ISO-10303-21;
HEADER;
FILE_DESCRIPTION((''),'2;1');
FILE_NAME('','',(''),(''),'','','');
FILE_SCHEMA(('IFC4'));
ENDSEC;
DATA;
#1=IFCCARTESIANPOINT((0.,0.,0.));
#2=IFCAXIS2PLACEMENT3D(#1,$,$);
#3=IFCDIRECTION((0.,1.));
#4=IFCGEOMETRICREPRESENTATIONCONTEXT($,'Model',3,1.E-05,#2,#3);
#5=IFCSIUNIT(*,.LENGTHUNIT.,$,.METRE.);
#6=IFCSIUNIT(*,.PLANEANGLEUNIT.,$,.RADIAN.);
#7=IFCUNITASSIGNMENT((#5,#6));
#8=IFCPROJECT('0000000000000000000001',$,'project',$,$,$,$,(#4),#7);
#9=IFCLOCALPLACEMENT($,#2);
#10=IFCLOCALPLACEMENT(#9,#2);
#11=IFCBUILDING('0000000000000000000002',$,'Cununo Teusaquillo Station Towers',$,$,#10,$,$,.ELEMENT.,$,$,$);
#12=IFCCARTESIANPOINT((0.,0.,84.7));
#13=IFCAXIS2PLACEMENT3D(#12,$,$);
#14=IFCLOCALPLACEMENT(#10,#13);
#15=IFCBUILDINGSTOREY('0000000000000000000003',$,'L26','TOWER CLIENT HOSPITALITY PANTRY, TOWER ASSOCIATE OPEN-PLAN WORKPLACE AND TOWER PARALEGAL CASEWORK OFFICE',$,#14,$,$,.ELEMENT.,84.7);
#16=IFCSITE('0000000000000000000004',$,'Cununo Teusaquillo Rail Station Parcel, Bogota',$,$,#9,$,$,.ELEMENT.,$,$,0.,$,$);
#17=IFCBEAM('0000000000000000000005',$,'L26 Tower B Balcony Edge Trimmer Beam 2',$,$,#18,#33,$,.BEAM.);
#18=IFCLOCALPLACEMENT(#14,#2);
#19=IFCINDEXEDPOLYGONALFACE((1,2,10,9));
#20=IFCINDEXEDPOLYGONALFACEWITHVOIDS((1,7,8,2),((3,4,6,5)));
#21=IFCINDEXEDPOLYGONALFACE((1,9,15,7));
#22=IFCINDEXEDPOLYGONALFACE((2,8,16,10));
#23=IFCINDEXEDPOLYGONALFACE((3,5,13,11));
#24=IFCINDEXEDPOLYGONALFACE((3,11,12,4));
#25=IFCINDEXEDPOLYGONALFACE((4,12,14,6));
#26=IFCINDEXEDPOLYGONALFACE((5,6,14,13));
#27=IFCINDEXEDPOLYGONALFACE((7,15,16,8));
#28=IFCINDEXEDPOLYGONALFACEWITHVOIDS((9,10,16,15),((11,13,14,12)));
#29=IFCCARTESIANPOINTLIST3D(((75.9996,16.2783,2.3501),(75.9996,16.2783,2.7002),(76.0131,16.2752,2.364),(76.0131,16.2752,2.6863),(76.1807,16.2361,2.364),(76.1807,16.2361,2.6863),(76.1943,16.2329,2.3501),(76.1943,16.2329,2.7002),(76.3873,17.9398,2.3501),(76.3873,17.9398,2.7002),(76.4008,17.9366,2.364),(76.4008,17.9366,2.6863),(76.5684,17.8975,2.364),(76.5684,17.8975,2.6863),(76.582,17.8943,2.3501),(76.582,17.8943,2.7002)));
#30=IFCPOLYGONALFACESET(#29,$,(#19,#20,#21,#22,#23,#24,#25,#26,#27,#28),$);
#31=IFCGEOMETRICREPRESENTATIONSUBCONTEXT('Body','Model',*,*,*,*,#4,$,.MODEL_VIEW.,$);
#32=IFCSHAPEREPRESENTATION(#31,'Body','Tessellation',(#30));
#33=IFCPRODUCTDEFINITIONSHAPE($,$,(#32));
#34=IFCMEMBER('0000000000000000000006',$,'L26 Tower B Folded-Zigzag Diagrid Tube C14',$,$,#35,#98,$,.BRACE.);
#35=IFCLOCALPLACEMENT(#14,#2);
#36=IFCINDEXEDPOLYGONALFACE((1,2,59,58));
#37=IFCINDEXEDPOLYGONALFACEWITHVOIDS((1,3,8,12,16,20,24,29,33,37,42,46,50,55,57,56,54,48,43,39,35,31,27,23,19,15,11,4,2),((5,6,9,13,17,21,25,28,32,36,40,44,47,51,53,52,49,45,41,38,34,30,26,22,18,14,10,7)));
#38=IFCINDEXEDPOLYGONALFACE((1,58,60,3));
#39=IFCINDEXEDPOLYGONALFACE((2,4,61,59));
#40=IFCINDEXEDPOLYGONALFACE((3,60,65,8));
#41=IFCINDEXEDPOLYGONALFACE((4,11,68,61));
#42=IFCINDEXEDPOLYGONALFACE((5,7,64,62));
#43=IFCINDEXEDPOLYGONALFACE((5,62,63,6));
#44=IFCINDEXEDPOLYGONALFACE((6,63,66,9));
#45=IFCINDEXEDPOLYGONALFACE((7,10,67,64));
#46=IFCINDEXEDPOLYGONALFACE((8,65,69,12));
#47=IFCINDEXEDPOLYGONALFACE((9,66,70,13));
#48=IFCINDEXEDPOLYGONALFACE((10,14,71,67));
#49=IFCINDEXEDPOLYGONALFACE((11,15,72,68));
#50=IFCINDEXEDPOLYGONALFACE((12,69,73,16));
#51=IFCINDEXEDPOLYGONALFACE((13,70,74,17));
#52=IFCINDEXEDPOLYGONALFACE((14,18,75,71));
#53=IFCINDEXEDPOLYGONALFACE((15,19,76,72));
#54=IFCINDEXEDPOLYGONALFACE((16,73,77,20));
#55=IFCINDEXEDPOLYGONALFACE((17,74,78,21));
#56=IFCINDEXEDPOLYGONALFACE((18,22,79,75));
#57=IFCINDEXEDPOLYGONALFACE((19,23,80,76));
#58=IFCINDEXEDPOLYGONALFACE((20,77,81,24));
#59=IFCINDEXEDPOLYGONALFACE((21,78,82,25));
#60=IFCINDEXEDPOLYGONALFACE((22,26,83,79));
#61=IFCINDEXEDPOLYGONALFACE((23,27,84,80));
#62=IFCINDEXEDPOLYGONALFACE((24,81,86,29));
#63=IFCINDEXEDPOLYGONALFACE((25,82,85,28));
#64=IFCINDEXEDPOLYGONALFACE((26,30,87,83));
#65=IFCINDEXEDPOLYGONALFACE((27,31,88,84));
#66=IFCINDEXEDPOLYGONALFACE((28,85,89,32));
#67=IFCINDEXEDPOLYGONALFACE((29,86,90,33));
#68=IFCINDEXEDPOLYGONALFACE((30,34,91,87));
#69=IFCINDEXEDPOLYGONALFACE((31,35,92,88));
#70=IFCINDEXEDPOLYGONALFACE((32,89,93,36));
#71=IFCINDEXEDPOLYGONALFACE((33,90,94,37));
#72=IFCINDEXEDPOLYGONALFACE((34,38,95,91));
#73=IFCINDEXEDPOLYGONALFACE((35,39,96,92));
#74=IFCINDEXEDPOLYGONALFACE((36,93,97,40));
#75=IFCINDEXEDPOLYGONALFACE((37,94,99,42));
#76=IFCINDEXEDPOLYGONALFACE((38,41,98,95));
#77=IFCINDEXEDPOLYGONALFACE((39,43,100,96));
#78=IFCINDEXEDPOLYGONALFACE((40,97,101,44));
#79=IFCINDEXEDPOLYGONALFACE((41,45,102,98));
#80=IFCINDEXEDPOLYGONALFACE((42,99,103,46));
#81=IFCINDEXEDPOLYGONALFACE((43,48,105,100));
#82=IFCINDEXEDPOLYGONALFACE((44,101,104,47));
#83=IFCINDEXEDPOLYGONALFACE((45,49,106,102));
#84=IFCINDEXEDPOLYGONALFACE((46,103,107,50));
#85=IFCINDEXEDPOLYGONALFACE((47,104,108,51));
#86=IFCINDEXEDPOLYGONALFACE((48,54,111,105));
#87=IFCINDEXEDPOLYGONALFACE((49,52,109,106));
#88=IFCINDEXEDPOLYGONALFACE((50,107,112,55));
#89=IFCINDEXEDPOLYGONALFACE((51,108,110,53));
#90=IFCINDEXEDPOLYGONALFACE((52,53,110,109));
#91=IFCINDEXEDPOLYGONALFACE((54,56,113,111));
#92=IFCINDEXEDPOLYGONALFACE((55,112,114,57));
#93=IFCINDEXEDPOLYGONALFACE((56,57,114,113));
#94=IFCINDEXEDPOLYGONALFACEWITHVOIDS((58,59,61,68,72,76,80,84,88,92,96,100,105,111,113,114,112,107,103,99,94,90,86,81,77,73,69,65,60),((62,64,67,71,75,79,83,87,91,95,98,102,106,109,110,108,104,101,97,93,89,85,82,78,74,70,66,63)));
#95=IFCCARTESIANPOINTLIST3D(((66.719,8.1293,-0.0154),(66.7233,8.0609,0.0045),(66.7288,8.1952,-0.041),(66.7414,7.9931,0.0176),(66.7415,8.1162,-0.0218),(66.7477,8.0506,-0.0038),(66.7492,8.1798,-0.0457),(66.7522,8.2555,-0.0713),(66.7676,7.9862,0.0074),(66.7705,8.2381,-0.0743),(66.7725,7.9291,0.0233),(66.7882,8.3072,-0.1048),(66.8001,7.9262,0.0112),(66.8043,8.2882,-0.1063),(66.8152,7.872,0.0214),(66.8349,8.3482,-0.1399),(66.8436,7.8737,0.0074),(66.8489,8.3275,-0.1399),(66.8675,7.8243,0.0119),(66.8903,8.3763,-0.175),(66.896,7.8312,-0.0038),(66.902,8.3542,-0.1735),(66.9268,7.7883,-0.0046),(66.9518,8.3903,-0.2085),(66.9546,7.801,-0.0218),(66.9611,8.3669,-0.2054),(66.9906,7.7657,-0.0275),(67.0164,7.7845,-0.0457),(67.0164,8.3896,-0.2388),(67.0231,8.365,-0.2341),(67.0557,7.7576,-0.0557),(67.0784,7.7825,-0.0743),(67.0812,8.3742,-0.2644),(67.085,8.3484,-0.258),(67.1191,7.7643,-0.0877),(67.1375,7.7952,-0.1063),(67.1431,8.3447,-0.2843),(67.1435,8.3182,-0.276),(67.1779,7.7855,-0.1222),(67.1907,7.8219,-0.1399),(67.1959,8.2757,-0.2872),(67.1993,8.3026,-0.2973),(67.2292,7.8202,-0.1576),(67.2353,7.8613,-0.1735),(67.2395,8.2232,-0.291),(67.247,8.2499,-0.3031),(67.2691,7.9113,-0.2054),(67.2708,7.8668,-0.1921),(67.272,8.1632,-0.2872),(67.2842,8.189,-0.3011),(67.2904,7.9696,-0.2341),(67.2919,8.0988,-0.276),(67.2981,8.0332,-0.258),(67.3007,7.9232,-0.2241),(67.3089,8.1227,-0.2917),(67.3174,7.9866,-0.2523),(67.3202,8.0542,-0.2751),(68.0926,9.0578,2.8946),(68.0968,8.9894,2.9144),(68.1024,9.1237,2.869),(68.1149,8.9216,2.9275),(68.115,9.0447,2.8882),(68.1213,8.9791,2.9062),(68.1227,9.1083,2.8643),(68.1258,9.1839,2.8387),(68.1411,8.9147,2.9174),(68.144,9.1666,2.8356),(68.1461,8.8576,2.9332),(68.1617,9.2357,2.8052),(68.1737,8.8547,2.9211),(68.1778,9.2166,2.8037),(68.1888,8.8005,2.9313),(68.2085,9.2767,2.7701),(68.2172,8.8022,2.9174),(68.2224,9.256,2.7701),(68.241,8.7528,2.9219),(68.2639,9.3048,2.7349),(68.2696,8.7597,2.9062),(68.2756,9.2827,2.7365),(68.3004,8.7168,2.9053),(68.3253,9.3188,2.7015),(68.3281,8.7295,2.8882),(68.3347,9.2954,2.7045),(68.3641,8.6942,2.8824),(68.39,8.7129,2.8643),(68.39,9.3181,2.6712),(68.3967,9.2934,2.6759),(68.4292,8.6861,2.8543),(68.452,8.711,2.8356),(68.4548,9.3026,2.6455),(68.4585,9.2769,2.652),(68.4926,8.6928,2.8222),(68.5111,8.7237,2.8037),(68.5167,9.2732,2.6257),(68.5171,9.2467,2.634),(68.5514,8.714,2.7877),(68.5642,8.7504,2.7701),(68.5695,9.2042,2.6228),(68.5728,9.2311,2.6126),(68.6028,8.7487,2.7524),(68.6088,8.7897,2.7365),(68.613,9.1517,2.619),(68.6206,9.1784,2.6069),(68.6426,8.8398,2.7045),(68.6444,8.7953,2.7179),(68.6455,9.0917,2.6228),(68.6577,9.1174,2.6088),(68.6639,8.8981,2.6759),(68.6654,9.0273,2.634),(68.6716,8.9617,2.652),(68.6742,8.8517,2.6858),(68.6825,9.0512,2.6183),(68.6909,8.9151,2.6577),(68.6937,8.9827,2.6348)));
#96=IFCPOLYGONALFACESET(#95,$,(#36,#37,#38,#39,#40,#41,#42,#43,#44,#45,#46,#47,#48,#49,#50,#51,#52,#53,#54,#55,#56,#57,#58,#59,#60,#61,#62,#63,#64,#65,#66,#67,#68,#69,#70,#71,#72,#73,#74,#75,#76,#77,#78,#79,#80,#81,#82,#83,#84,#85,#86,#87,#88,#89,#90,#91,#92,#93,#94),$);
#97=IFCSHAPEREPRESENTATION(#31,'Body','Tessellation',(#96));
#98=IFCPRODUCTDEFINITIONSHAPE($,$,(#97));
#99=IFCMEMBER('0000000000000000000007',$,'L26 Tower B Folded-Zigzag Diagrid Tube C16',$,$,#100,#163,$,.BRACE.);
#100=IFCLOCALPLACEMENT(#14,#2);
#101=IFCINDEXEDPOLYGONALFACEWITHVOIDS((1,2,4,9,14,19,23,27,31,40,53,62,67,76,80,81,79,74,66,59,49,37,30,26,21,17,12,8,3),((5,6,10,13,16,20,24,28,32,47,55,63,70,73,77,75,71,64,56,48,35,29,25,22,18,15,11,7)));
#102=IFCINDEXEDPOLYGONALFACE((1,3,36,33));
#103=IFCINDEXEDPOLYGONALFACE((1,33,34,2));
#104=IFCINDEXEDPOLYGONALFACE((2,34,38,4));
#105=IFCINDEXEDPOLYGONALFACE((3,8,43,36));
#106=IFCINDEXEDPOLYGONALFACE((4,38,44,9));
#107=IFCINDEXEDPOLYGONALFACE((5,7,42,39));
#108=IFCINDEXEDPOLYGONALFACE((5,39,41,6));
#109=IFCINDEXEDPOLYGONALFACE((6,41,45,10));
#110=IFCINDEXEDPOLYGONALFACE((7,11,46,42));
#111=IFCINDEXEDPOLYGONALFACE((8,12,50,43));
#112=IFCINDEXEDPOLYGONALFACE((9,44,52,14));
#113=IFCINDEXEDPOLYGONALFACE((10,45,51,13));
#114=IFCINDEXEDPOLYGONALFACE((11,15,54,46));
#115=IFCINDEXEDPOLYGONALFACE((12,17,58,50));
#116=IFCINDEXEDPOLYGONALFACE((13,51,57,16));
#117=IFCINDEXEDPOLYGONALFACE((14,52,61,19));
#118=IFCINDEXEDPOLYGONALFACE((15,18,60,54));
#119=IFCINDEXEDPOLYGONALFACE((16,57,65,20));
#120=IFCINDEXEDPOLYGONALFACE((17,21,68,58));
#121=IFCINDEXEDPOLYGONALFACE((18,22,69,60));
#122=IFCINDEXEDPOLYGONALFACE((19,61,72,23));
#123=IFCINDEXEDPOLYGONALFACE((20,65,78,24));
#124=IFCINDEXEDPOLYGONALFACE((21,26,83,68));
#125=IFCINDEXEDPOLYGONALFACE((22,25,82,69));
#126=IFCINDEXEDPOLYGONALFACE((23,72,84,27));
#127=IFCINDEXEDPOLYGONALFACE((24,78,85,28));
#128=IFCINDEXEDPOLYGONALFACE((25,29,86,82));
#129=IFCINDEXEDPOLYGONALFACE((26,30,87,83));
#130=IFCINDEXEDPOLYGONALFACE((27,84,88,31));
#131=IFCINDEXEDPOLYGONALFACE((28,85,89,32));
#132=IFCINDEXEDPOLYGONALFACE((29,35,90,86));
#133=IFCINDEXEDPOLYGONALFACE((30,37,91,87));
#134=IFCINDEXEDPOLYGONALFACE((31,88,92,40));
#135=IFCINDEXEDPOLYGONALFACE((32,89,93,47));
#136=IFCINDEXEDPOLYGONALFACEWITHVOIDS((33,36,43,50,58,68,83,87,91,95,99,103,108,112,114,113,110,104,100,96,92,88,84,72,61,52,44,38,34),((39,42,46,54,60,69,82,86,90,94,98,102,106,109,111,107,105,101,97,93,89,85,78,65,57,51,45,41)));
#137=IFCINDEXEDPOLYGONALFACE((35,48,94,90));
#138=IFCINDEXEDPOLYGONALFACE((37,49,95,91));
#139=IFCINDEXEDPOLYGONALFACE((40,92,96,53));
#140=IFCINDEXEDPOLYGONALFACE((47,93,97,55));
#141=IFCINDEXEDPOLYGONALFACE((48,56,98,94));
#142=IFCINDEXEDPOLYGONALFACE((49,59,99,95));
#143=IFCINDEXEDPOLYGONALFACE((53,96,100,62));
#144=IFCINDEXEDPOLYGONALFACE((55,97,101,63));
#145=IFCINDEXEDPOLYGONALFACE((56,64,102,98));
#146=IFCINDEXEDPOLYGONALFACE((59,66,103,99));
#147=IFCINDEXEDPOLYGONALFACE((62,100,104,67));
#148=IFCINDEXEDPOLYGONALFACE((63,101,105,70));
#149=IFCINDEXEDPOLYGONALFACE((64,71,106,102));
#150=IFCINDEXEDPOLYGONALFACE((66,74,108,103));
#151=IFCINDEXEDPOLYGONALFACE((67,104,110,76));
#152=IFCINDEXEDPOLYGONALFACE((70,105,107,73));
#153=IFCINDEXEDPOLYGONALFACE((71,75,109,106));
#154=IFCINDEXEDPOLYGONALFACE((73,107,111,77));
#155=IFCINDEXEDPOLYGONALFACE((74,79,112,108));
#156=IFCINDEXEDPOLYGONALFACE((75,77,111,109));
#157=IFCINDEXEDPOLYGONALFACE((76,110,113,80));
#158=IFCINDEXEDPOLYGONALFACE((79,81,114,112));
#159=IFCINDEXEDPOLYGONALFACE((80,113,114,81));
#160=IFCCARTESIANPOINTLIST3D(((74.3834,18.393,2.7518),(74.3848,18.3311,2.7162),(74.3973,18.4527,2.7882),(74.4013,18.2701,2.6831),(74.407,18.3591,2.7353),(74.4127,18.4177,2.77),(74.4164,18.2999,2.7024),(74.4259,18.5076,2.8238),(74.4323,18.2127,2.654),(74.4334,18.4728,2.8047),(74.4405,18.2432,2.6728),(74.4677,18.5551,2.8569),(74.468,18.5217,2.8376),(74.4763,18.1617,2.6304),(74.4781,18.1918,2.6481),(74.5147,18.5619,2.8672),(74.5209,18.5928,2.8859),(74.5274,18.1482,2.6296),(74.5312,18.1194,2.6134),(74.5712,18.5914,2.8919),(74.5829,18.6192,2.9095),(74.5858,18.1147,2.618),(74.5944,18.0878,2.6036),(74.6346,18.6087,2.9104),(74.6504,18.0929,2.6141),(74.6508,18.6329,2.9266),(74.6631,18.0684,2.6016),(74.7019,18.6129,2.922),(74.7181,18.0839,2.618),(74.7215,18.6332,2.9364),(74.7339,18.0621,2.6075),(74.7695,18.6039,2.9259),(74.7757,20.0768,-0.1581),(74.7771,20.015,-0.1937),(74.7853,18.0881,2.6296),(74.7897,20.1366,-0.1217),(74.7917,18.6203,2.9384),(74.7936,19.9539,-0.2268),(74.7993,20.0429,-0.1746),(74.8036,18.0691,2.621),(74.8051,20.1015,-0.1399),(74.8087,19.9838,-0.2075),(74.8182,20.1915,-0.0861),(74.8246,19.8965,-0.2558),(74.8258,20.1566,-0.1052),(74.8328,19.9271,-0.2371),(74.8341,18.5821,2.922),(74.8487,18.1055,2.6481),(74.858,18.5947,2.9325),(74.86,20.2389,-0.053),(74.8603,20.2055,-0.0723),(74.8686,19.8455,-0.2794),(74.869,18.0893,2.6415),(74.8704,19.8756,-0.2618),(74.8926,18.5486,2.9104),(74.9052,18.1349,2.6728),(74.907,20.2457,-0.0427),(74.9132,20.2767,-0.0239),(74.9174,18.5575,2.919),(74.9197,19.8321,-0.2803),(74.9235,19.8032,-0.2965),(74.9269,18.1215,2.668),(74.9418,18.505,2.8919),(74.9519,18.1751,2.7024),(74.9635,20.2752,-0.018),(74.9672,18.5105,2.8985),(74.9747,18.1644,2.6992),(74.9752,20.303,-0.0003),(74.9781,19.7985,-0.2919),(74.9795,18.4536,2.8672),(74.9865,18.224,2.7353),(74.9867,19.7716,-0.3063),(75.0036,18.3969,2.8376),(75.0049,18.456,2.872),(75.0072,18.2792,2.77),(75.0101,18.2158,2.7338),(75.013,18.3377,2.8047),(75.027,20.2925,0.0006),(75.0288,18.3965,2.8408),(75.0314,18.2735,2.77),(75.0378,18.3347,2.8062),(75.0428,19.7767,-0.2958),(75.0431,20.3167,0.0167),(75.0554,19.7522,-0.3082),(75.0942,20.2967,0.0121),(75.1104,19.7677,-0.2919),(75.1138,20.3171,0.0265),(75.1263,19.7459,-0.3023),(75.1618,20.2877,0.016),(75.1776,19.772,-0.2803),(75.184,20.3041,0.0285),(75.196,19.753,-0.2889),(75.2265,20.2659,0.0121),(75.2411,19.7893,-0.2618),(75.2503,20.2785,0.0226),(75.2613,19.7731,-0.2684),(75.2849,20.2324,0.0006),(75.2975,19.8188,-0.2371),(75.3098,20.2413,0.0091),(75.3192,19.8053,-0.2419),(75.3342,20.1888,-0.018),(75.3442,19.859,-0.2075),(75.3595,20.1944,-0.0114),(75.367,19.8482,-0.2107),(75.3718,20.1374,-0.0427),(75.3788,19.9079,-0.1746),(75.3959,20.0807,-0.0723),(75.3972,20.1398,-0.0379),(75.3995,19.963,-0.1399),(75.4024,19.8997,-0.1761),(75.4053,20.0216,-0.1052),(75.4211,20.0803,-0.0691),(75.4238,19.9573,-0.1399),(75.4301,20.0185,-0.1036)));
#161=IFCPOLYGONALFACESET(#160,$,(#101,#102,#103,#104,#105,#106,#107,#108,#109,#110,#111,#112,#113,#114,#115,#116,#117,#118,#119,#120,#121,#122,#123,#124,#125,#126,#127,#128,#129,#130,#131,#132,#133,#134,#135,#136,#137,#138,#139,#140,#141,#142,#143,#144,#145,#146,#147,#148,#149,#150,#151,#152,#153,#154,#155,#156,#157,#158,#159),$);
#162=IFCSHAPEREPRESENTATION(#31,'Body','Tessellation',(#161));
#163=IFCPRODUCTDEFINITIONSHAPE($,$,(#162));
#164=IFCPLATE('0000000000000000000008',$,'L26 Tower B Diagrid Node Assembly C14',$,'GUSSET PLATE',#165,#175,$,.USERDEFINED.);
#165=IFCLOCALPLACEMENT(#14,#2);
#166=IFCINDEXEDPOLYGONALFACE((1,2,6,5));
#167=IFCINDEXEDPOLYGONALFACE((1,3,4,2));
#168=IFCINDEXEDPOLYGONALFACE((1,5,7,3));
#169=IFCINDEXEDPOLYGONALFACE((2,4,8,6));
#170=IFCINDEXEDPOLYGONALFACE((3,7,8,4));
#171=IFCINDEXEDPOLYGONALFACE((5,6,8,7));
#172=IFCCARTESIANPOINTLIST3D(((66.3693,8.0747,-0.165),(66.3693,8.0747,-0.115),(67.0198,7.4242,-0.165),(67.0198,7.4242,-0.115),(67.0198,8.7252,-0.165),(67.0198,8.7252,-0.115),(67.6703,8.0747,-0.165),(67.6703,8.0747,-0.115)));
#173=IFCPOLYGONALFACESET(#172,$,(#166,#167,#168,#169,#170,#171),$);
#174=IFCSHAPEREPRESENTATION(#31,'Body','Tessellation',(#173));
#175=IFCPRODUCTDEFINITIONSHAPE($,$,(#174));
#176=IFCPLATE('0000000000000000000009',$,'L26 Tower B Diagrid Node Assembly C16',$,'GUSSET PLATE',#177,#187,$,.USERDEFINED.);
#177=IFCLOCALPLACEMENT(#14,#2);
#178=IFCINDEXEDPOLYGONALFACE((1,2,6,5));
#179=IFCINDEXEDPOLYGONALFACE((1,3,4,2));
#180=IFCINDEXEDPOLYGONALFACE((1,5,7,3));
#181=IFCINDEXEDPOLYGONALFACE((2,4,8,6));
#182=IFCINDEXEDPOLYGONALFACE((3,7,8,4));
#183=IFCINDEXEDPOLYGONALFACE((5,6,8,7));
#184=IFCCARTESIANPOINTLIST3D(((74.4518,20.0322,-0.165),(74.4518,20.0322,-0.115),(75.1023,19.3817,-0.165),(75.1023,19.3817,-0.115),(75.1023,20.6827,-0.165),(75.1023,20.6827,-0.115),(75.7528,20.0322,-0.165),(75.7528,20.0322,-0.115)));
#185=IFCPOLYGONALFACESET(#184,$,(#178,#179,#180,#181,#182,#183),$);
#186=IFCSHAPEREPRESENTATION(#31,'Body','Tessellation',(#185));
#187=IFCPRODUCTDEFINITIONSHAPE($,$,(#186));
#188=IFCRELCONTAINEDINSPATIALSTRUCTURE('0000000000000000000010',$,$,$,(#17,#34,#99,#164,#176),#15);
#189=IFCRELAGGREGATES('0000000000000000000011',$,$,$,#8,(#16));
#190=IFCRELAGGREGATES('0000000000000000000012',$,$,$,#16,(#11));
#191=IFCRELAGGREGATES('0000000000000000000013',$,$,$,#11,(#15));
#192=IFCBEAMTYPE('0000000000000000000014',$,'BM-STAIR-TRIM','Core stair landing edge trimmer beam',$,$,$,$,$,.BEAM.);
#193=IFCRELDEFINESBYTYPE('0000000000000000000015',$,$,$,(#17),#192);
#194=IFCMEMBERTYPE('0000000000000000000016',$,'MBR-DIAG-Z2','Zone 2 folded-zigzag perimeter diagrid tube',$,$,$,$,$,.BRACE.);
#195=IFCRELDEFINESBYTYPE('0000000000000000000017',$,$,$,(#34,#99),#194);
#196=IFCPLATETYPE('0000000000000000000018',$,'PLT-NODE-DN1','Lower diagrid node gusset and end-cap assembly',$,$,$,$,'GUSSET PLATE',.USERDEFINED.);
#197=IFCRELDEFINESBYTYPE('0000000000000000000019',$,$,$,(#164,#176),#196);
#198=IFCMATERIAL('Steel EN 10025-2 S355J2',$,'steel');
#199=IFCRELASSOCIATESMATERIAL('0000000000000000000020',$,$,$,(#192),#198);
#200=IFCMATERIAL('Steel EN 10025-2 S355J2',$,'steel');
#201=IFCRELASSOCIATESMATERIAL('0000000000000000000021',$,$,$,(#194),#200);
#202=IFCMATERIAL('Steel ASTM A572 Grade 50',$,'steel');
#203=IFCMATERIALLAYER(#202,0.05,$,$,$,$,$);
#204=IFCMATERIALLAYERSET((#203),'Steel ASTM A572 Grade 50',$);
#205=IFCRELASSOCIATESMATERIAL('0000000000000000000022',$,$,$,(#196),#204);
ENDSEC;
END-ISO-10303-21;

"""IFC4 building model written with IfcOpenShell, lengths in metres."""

from ifc_helpers import new_model, si_unit, direction, frame, origin, origin_2d, place, context, subcontext, project, spatial, rectangle, hollow_rectangle, hollow_circle, extrude, source, transform, mapped, material, layer, layer_set, material_profile, profile_set, type_object, element, save


model = new_model("IFC4")

# Units and contexts
model_context = context("Model", 3, precision=1e-05, world=origin(), true_north=direction((0.0, 1.0)))
body_context = subcontext(model_context, "Body", "Model", "MODEL_VIEW")
ifc_project = project(units=[si_unit("LENGTHUNIT", "METRE"), si_unit("PLANEANGLEUNIT", "RADIAN")], contexts=[model_context])

# Site, building, storey
site_placement = place(None, origin())
site = spatial("IfcSite", under=ifc_project, at=site_placement, Name="Cununo Teusaquillo Rail Station Parcel, Bogota", CompositionType="ELEMENT", RefElevation=0.0)
building_placement = place(site_placement, origin())
building = spatial("IfcBuilding", under=site, at=building_placement, Name="Cununo Teusaquillo Station Towers", CompositionType="ELEMENT")
storey_placement = place(building_placement, frame((0.0, 0.0, 84.7)))
storey = spatial("IfcBuildingStorey", under=building, at=storey_placement, Name="L26", Description="TOWER CLIENT HOSPITALITY PANTRY, TOWER ASSOCIATE OPEN-PLAN WORKPLACE AND TOWER PARALEGAL CASEWORK OFFICE", CompositionType="ELEMENT", Elevation=84.7)

# Beam
ifc_material_1 = material(Name="Steel EN 10025-2 S355J2", Category="steel")
ifc_material_profile_1 = material_profile(ifc_material_1, hollow_rectangle(XDim=0.2, YDim=0.3501, WallThickness=0.0139, at=origin_2d()), Name="RHS 350x200x14")
ifc_profile_set_1 = profile_set([ifc_material_profile_1], Name="Steel EN 10025-2 S355J2")
beam_type_1 = type_object("IfcBeamType", Name="BM-STAIR-TRIM", Description="Core stair landing edge trimmer beam", PredefinedType="BEAM", material=ifc_profile_set_1)
beam_1_placement = place(storey_placement, frame((76.0969, 16.2556, 2.5251), z_axis=(0.227252, 0.973836, 0.0), x_axis=(-0.973836, 0.227252, 0.0)))
element("IfcBeam", 1, at=beam_1_placement, inside=storey, type_object=beam_type_1, Name="L26 Tower B Balcony Edge Trimmer Beam 2", PredefinedType="BEAM", context=body_context, shape_type="SweptSolid", body=[
    extrude(hollow_rectangle(XDim=0.2, YDim=0.3501, WallThickness=0.0139, at=origin_2d()), origin(), (0.0, 0.0, 1.0), 1.7061),
])

# Members
ifc_material_2 = material(Name="Steel EN 10025-2 S355J2", Category="steel")
ifc_material_profile_2 = material_profile(ifc_material_2, hollow_circle(Radius=0.3301, WallThickness=0.0249, at=origin_2d()), Name="CHS 660x25")
ifc_profile_set_2 = profile_set([ifc_material_profile_2], Name="Steel EN 10025-2 S355J2")
member_type = type_object("IfcMemberType", Name="MBR-DIAG-Z2", Description="Zone 2 folded-zigzag perimeter diagrid tube", PredefinedType="BRACE", material=ifc_profile_set_2)
member_1_placement = place(storey_placement, frame((67.0198, 8.0747, -0.1399), z_axis=(0.410125, 0.277232, 0.868873), x_axis=(-0.560024, 0.828476, 0.0)))
element("IfcMember", 2, at=member_1_placement, inside=storey, type_object=member_type, Name="L26 Tower B Folded-Zigzag Diagrid Tube C14", PredefinedType="BRACE", context=body_context, shape_type="SweptSolid", body=[
    extrude(hollow_circle(Radius=0.3301, WallThickness=0.0249, at=origin_2d()), origin(), (0.0, 0.0, 1.0), 3.3491),
])
member_2_placement = place(storey_placement, frame((75.1023, 20.0322, -0.1399), z_axis=(-0.115911, -0.497471, 0.859702), x_axis=(0.973913, -0.226922, 0.0)))
element("IfcMember", 3, at=member_2_placement, inside=storey, type_object=member_type, Name="L26 Tower B Folded-Zigzag Diagrid Tube C16", PredefinedType="BRACE", context=body_context, shape_type="SweptSolid", body=[
    extrude(hollow_circle(Radius=0.3301, WallThickness=0.0249, at=origin_2d()), origin(), (0.0, 0.0, 1.0), 3.3848),
])

# Plates
ifc_material_3 = material(Name="Steel ASTM A572 Grade 50", Category="steel")
ifc_layer_1 = layer(ifc_material_3, 0.05)
ifc_layer_set_1 = layer_set([ifc_layer_1], Name="Steel ASTM A572 Grade 50")
plate_type = type_object("IfcPlateType", Name="PLT-NODE-DN1", Description="Lower diagrid node gusset and end-cap assembly", ElementType="GUSSET PLATE", PredefinedType="USERDEFINED", material=ifc_layer_set_1)
shared_shape_1 = source(origin(), body_context, "Body", "SweptSolid", [
    extrude(rectangle(XDim=0.9199, YDim=0.9199, at=origin_2d()), origin(), (0.0, 0.0, 1.0), 0.05),
])
for number, where, z_axis, x_axis, name in (
    (4, (67.0198, 8.0747, -0.165), (0.0, 0.0, 1.0), (0.707107, 0.707107, 0.0), "L26 Tower B Diagrid Node Assembly C14"),
    (5, (75.1023, 20.0322, -0.165), (0.0, 0.0, 1.0), (0.707107, 0.707107, 0.0), "L26 Tower B Diagrid Node Assembly C16"),
):
    element("IfcPlate", number, at=place(storey_placement, frame(where, z_axis=z_axis, x_axis=x_axis)), inside=storey, type_object=plate_type, Name=name, ObjectType="GUSSET PLATE", PredefinedType="USERDEFINED", context=body_context, shape_type="MappedRepresentation", body=[
        mapped(shared_shape_1, transform((0.0, 0.0, 0.0), x_axis=(1.0, 0.0, 0.0), y_axis=(0.0, 1.0, 0.0), z_axis=(0.0, 0.0, 1.0), scale=1.0)),
    ])

save(model, "model.ifc")
